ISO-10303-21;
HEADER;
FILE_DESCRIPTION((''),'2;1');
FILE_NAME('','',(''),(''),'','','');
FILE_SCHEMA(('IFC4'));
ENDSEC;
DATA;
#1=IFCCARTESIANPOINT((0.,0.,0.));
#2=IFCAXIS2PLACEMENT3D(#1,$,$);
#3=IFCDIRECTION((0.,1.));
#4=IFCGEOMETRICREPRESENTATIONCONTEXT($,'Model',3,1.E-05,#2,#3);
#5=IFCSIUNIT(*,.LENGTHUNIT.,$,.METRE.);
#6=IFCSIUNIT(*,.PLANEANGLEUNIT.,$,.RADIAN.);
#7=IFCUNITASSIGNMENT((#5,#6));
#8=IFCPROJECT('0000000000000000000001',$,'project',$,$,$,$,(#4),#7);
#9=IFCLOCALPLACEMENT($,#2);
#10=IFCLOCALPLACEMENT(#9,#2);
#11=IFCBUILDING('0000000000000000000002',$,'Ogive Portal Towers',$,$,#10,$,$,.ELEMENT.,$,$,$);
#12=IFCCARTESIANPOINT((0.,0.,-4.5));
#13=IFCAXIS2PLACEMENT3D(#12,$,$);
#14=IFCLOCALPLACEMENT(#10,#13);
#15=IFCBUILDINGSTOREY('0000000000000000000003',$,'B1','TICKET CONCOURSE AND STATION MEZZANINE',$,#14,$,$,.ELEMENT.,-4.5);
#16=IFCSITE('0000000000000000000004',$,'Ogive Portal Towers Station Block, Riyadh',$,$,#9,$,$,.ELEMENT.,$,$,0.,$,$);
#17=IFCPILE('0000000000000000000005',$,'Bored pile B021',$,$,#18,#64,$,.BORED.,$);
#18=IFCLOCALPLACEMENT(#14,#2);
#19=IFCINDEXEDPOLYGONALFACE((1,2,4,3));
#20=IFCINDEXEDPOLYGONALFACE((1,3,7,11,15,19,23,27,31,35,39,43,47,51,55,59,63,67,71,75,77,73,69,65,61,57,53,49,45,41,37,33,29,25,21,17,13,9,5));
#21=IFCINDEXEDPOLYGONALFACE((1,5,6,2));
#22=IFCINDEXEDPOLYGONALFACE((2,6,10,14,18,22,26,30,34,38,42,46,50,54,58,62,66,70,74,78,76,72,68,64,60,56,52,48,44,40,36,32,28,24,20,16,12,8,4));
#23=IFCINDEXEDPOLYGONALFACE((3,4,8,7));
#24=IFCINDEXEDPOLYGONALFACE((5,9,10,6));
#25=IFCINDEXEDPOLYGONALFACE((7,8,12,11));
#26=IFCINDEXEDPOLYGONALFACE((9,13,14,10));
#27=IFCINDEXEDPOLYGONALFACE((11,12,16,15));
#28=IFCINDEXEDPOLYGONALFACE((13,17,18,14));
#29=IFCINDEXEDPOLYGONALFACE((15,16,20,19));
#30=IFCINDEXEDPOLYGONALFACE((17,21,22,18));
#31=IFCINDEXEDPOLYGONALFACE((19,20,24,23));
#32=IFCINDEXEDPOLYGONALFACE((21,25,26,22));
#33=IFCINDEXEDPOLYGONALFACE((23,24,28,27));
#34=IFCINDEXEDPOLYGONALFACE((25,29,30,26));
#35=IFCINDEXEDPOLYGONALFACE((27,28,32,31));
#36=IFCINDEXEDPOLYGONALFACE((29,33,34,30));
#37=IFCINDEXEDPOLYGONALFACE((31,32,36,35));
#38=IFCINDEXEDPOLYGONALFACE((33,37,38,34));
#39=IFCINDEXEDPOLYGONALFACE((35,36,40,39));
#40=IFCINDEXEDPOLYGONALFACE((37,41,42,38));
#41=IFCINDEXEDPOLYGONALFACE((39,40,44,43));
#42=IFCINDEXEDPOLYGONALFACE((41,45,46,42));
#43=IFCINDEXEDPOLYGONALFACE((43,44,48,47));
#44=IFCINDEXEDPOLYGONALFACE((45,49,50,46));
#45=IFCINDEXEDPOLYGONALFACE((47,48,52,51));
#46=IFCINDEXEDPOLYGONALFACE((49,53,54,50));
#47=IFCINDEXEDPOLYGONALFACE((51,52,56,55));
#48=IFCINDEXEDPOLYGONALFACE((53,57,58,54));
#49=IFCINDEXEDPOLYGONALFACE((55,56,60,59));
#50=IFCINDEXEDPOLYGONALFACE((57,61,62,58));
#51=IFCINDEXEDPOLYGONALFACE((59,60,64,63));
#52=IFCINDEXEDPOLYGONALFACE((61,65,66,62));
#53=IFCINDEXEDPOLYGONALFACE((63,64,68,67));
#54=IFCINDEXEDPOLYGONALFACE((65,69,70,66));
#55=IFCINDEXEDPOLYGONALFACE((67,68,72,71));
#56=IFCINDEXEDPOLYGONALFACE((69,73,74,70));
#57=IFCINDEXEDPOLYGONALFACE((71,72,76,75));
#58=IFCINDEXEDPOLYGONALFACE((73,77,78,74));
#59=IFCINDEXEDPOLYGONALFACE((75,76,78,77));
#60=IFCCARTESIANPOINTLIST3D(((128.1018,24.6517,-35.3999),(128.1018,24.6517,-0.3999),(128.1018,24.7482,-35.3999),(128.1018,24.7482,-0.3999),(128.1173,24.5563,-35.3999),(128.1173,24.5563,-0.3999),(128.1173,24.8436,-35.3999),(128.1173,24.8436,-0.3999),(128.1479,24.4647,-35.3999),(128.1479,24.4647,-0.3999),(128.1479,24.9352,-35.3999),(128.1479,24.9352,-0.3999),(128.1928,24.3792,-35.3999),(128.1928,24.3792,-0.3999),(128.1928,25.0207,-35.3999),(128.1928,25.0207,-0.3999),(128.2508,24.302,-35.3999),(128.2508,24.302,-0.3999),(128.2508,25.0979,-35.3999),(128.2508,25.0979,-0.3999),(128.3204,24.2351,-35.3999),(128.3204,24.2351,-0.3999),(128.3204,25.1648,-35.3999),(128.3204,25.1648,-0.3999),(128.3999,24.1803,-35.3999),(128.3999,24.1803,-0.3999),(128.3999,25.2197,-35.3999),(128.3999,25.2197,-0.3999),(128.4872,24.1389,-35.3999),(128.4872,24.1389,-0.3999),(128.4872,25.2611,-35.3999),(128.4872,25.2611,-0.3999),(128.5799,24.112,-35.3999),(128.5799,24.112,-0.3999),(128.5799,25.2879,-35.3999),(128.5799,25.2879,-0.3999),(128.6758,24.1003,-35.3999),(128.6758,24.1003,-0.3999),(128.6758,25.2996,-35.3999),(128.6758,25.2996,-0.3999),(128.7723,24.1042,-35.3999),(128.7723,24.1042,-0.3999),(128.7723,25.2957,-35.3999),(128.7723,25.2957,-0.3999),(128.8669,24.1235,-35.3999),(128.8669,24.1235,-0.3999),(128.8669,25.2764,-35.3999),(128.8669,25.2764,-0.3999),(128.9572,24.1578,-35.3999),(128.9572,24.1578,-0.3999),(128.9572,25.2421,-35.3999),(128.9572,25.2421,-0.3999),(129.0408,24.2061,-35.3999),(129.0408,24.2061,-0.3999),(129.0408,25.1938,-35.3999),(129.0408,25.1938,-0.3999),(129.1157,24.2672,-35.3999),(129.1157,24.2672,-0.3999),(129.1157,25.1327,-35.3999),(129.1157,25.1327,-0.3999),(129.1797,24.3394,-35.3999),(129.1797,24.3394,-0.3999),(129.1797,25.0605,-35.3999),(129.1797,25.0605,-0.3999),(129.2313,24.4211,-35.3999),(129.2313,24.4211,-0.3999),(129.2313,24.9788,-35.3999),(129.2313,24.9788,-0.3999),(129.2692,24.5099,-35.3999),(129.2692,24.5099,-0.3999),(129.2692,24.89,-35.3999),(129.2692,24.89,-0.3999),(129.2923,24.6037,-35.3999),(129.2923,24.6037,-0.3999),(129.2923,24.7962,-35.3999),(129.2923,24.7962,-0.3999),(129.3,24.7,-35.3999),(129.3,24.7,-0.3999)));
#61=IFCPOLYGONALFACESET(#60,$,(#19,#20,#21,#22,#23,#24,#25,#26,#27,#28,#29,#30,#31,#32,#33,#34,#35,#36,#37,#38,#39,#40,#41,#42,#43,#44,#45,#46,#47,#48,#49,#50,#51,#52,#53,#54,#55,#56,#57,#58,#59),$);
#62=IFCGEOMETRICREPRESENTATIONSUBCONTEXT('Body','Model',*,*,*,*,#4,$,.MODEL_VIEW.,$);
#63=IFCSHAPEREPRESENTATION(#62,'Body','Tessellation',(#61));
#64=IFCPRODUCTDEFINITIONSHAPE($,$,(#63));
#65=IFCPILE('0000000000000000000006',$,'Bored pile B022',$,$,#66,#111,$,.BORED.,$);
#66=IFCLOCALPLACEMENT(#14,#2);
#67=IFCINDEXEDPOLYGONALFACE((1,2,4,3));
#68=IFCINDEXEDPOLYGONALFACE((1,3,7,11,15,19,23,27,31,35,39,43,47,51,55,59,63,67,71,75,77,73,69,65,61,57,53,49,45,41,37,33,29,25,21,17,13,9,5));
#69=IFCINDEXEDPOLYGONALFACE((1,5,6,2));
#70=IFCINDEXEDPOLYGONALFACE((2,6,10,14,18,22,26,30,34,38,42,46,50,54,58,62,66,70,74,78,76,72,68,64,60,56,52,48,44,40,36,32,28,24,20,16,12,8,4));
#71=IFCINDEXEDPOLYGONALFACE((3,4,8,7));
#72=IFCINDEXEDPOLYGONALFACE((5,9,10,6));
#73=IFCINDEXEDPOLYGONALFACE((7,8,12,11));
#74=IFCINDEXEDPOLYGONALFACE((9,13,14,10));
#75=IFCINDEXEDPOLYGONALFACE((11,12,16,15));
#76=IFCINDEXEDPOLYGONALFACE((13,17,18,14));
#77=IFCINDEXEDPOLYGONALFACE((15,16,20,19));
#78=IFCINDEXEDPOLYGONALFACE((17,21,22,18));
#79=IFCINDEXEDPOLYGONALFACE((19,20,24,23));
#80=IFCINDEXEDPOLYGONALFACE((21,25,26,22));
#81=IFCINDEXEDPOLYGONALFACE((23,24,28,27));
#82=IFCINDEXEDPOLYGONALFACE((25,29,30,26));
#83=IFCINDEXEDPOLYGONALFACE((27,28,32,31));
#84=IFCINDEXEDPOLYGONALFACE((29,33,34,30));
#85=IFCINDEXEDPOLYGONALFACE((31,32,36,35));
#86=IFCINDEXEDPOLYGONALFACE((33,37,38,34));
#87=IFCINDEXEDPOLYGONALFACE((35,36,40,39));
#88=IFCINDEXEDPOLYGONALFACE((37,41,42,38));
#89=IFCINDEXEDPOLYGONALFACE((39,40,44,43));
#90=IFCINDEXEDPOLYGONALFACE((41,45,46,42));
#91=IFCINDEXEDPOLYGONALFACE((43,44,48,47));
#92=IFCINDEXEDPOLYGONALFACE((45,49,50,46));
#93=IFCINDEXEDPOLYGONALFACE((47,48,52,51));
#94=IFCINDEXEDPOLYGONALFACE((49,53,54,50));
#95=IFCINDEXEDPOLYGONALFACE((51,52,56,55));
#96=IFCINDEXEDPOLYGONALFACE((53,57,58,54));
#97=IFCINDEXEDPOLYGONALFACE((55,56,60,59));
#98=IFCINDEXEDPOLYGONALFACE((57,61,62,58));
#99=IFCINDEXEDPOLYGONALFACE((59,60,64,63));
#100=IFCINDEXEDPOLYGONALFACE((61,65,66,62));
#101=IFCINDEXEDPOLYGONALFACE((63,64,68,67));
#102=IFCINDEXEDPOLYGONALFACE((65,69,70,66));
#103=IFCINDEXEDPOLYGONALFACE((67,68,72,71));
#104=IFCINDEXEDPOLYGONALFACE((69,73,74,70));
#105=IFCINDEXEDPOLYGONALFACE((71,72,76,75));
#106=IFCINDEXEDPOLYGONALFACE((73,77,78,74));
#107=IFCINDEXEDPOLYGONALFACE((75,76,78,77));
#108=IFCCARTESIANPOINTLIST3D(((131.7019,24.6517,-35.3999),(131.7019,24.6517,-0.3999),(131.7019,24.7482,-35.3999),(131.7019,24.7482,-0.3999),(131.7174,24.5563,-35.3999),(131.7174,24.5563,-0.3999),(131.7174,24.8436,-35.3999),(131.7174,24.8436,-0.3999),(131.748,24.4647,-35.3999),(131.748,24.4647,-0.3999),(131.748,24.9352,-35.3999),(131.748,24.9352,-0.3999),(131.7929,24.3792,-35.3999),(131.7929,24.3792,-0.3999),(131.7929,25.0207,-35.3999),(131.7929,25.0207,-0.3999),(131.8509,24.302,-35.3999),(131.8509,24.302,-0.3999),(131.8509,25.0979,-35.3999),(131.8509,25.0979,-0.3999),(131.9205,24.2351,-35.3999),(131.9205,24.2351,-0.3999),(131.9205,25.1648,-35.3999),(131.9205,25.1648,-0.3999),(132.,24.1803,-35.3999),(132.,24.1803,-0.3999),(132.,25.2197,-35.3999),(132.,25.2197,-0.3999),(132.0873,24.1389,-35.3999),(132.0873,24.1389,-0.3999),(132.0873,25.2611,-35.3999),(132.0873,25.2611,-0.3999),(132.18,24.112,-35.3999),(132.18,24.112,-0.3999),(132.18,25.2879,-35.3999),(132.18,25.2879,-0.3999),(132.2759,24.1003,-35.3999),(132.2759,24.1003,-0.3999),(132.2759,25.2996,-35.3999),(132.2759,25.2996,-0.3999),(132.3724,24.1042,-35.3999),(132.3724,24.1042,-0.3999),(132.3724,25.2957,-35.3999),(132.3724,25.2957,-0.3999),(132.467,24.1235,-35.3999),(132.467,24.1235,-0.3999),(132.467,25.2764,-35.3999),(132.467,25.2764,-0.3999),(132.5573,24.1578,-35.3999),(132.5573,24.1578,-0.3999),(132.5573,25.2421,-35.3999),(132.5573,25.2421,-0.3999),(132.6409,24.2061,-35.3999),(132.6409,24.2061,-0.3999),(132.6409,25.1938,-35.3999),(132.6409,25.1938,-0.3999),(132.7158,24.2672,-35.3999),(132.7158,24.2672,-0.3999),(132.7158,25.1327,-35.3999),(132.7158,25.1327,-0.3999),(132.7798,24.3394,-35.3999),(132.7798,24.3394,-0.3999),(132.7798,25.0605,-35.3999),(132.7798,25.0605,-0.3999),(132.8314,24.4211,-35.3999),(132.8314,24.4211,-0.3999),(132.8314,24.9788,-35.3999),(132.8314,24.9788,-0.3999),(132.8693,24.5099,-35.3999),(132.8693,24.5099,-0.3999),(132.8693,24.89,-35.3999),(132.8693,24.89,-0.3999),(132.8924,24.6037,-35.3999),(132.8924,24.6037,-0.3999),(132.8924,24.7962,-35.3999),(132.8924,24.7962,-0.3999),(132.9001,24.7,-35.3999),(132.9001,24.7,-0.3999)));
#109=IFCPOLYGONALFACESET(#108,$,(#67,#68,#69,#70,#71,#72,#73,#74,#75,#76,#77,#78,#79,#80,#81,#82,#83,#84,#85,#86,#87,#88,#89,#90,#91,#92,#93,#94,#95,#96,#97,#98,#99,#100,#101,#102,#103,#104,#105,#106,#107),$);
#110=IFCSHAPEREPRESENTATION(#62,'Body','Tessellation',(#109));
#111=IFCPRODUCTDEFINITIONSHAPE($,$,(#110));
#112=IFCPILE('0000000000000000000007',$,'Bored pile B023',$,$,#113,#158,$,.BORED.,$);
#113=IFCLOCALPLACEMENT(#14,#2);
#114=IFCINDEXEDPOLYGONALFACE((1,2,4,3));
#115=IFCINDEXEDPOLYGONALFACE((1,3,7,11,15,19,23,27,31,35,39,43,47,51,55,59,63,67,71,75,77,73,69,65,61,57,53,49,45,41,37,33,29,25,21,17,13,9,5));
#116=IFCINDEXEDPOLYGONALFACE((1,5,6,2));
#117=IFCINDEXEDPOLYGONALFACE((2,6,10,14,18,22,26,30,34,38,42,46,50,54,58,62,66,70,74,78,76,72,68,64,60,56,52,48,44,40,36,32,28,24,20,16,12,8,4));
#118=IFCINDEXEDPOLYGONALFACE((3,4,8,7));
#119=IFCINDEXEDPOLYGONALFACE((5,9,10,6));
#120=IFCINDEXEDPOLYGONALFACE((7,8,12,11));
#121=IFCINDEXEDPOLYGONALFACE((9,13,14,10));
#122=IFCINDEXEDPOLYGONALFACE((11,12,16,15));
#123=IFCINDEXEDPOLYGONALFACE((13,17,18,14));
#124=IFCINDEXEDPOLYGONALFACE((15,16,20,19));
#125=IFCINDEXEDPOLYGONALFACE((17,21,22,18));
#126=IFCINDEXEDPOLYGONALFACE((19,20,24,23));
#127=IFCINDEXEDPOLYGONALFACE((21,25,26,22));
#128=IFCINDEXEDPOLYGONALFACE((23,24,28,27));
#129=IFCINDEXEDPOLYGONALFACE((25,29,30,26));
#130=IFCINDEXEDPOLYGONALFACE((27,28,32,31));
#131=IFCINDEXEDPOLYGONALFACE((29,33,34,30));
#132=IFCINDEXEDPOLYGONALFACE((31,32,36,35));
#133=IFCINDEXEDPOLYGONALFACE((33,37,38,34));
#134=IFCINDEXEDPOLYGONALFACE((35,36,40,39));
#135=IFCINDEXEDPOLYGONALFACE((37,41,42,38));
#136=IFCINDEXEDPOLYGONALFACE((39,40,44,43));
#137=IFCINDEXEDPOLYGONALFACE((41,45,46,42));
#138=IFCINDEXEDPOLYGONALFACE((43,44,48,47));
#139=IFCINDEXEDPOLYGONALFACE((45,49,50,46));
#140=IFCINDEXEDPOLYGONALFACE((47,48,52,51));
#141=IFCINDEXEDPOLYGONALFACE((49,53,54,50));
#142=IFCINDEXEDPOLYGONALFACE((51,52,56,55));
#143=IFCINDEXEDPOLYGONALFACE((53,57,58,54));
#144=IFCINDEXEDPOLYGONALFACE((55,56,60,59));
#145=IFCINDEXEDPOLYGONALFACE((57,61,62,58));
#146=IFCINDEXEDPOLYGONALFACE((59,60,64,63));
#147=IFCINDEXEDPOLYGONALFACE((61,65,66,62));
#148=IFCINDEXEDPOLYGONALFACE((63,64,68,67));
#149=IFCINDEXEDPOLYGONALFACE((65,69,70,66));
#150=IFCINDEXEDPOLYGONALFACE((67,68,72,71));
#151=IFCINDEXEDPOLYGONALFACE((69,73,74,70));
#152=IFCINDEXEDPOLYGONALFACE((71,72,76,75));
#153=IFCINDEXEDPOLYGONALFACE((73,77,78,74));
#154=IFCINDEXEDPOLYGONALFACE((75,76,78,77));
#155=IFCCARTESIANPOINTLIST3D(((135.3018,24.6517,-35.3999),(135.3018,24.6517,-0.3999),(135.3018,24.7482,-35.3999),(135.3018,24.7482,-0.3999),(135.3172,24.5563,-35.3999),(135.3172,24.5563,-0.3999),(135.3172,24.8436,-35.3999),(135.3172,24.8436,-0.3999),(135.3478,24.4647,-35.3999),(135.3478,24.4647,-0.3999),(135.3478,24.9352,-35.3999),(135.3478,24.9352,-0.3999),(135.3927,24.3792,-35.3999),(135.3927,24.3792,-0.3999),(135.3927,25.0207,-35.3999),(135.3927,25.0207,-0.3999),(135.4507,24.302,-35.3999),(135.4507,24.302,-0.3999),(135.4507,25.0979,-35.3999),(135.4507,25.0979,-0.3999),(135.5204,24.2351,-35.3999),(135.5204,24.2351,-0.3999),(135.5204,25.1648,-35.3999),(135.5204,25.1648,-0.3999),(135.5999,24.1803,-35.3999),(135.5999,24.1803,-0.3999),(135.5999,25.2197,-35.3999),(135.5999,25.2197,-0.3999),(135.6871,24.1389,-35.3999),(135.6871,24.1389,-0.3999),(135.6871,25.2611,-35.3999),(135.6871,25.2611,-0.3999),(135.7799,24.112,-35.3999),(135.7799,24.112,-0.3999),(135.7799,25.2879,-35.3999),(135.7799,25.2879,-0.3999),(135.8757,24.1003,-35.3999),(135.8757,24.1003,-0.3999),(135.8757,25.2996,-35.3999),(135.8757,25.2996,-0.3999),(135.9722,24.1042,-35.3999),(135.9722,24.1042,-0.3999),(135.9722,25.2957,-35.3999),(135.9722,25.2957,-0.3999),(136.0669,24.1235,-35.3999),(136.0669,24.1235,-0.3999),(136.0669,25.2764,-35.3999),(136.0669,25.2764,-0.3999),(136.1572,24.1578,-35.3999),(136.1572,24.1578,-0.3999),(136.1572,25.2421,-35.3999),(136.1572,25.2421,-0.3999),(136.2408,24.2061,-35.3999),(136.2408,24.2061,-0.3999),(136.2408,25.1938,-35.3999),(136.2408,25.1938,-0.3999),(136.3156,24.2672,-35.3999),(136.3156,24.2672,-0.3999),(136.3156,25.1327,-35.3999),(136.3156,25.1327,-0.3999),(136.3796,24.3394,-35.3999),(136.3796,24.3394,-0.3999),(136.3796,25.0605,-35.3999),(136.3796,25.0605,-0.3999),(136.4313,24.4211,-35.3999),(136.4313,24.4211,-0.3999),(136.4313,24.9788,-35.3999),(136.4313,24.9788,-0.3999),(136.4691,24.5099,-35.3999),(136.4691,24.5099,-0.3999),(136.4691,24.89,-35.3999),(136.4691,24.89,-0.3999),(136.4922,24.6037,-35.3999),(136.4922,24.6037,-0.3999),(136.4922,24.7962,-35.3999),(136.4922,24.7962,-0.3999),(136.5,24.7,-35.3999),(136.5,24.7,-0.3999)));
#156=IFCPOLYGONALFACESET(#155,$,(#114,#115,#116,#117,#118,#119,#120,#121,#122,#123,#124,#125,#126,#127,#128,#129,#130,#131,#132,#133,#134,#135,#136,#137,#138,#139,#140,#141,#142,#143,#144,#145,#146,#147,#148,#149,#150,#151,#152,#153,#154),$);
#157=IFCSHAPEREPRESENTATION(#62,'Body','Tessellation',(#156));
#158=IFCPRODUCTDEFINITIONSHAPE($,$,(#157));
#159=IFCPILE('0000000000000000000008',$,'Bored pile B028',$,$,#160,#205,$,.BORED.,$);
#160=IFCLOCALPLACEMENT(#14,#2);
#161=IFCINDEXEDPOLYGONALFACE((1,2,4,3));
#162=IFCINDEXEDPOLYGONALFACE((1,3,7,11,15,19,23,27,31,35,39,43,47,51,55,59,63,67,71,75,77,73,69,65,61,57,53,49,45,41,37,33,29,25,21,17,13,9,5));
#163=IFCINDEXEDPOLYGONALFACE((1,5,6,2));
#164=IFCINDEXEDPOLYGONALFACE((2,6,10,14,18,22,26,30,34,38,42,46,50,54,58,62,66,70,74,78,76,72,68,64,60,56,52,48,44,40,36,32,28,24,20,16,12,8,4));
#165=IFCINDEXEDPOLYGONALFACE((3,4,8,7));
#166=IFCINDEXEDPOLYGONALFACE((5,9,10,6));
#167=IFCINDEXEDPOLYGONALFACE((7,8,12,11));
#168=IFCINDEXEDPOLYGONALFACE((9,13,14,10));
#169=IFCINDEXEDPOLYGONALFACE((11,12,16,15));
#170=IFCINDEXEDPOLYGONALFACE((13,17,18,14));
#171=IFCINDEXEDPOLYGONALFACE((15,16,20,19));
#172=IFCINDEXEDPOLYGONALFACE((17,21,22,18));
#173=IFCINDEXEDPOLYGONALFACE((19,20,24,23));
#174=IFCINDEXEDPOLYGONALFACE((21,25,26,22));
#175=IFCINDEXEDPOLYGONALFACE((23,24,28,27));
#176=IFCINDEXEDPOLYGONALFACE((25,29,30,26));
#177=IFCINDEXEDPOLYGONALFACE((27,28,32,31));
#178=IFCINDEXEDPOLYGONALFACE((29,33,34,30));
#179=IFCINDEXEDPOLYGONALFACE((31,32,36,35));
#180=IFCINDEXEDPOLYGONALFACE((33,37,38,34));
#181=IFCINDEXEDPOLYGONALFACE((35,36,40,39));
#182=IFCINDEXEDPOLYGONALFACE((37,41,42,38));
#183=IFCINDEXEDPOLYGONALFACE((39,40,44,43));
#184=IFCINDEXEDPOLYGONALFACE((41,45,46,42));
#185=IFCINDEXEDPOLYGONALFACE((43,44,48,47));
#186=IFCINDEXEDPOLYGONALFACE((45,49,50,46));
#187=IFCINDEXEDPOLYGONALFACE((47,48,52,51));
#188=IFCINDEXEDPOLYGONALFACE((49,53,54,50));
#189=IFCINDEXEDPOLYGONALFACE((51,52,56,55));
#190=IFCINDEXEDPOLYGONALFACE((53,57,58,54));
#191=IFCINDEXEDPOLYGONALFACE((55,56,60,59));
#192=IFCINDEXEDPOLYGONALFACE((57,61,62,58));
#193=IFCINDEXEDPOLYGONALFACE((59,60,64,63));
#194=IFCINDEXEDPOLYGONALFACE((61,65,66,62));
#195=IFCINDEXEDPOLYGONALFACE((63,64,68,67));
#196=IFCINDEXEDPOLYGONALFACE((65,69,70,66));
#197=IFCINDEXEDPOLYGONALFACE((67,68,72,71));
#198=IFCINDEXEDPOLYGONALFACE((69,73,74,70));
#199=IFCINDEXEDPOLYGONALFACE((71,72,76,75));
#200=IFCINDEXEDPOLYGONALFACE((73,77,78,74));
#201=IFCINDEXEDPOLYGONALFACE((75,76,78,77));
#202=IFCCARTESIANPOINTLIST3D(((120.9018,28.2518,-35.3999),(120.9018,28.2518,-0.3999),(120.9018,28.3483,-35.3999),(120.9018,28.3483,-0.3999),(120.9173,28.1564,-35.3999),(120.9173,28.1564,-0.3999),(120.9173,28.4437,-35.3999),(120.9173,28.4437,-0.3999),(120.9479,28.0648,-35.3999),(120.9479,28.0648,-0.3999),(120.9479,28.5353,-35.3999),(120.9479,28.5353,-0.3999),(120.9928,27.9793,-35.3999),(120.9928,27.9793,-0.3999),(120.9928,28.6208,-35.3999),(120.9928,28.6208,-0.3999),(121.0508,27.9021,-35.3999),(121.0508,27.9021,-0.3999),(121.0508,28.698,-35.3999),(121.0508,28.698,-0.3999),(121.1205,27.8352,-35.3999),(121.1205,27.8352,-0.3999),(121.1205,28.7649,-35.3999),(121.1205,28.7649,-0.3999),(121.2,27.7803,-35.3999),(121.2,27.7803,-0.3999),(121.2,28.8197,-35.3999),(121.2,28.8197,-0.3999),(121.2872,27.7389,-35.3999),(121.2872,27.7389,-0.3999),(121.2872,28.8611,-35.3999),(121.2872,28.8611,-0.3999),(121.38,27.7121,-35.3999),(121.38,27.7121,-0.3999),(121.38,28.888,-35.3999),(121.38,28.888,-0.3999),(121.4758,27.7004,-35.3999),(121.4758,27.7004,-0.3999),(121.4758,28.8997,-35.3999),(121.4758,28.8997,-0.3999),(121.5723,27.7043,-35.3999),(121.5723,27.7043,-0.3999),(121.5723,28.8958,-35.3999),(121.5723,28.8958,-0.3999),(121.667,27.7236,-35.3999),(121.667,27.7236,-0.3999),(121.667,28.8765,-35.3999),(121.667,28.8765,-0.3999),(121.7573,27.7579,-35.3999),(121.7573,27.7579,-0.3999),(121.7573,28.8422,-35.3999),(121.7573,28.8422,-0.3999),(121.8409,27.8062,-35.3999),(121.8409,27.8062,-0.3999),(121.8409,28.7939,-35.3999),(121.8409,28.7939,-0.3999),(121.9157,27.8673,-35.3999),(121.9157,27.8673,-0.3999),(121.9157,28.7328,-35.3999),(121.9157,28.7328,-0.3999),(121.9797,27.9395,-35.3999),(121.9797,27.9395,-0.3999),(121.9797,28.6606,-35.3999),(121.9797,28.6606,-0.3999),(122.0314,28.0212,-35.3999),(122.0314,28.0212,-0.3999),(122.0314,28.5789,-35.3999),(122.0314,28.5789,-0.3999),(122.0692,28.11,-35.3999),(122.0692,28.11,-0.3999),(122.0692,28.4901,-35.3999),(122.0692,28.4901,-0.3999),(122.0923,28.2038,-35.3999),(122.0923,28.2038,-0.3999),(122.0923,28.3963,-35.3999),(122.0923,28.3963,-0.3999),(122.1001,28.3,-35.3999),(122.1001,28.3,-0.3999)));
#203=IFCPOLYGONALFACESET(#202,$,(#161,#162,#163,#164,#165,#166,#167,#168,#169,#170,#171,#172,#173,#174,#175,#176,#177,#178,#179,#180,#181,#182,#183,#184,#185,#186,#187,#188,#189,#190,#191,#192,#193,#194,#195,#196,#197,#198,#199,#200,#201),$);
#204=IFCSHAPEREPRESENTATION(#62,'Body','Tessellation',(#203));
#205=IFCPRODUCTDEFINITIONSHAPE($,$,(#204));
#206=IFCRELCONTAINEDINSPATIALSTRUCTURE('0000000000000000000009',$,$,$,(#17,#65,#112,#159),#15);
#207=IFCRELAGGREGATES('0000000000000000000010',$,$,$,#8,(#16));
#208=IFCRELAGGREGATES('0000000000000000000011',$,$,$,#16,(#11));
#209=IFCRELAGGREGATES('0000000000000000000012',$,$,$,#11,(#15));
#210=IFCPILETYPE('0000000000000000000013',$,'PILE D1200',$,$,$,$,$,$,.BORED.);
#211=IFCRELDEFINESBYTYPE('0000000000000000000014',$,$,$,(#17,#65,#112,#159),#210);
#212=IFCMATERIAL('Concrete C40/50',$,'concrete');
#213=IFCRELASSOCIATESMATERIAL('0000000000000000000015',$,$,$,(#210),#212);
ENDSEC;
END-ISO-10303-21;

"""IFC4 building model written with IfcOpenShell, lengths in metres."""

from ifc_helpers import new_model, si_unit, direction, frame, origin, origin_2d, place, context, subcontext, project, spatial, circle, extrude, material, material_profile, profile_set, type_object, element, save


model = new_model("IFC4")

# Units and contexts
model_context = context("Model", 3, precision=1e-05, world=origin(), true_north=direction((0.0, 1.0)))
body_context = subcontext(model_context, "Body", "Model", "MODEL_VIEW")
ifc_project = project(units=[si_unit("LENGTHUNIT", "METRE"), si_unit("PLANEANGLEUNIT", "RADIAN")], contexts=[model_context])

# Site, building, storey
site_placement = place(None, origin())
site = spatial("IfcSite", under=ifc_project, at=site_placement, Name="Ogive Portal Towers Station Block, Riyadh", CompositionType="ELEMENT", RefElevation=0.0)
building_placement = place(site_placement, origin())
building = spatial("IfcBuilding", under=site, at=building_placement, Name="Ogive Portal Towers", CompositionType="ELEMENT")
storey_placement = place(building_placement, frame((0.0, 0.0, -4.5)))
storey = spatial("IfcBuildingStorey", under=building, at=storey_placement, Name="B1", Description="TICKET CONCOURSE AND STATION MEZZANINE", CompositionType="ELEMENT", Elevation=-4.5)

# Piles
ifc_material_1 = material(Name="Concrete C40/50", Category="concrete")
ifc_material_profile_1 = material_profile(ifc_material_1, circle(Radius=0.6001, at=origin_2d()), Name="PILE D1200")
ifc_profile_set_1 = profile_set([ifc_material_profile_1], Name="Concrete C40/50")
pile_type = type_object("IfcPileType", Name="PILE D1200", PredefinedType="BORED", material=ifc_profile_set_1)
for number, where, z_axis, x_axis, name in (
    (1, (128.7, 24.7, -0.3999), (0.0, 0.0, -1.0), (1.0, 0.0, 0.0), "Bored pile B021"),
    (2, (132.3, 24.7, -0.3999), (0.0, 0.0, -1.0), (1.0, 0.0, 0.0), "Bored pile B022"),
    (3, (135.8999, 24.7, -0.3999), (0.0, 0.0, -1.0), (1.0, 0.0, 0.0), "Bored pile B023"),
    (4, (121.5, 28.3, -0.3999), (0.0, 0.0, -1.0), (1.0, 0.0, 0.0), "Bored pile B028"),
):
    element("IfcPile", number, at=place(storey_placement, frame(where, z_axis=z_axis, x_axis=x_axis)), inside=storey, type_object=pile_type, Name=name, PredefinedType="BORED", context=body_context, shape_type="SweptSolid", body=[
        extrude(circle(Radius=0.6001, at=origin_2d()), origin(), (0.0, 0.0, 1.0), 35.0),
    ])

save(model, "model.ifc")
